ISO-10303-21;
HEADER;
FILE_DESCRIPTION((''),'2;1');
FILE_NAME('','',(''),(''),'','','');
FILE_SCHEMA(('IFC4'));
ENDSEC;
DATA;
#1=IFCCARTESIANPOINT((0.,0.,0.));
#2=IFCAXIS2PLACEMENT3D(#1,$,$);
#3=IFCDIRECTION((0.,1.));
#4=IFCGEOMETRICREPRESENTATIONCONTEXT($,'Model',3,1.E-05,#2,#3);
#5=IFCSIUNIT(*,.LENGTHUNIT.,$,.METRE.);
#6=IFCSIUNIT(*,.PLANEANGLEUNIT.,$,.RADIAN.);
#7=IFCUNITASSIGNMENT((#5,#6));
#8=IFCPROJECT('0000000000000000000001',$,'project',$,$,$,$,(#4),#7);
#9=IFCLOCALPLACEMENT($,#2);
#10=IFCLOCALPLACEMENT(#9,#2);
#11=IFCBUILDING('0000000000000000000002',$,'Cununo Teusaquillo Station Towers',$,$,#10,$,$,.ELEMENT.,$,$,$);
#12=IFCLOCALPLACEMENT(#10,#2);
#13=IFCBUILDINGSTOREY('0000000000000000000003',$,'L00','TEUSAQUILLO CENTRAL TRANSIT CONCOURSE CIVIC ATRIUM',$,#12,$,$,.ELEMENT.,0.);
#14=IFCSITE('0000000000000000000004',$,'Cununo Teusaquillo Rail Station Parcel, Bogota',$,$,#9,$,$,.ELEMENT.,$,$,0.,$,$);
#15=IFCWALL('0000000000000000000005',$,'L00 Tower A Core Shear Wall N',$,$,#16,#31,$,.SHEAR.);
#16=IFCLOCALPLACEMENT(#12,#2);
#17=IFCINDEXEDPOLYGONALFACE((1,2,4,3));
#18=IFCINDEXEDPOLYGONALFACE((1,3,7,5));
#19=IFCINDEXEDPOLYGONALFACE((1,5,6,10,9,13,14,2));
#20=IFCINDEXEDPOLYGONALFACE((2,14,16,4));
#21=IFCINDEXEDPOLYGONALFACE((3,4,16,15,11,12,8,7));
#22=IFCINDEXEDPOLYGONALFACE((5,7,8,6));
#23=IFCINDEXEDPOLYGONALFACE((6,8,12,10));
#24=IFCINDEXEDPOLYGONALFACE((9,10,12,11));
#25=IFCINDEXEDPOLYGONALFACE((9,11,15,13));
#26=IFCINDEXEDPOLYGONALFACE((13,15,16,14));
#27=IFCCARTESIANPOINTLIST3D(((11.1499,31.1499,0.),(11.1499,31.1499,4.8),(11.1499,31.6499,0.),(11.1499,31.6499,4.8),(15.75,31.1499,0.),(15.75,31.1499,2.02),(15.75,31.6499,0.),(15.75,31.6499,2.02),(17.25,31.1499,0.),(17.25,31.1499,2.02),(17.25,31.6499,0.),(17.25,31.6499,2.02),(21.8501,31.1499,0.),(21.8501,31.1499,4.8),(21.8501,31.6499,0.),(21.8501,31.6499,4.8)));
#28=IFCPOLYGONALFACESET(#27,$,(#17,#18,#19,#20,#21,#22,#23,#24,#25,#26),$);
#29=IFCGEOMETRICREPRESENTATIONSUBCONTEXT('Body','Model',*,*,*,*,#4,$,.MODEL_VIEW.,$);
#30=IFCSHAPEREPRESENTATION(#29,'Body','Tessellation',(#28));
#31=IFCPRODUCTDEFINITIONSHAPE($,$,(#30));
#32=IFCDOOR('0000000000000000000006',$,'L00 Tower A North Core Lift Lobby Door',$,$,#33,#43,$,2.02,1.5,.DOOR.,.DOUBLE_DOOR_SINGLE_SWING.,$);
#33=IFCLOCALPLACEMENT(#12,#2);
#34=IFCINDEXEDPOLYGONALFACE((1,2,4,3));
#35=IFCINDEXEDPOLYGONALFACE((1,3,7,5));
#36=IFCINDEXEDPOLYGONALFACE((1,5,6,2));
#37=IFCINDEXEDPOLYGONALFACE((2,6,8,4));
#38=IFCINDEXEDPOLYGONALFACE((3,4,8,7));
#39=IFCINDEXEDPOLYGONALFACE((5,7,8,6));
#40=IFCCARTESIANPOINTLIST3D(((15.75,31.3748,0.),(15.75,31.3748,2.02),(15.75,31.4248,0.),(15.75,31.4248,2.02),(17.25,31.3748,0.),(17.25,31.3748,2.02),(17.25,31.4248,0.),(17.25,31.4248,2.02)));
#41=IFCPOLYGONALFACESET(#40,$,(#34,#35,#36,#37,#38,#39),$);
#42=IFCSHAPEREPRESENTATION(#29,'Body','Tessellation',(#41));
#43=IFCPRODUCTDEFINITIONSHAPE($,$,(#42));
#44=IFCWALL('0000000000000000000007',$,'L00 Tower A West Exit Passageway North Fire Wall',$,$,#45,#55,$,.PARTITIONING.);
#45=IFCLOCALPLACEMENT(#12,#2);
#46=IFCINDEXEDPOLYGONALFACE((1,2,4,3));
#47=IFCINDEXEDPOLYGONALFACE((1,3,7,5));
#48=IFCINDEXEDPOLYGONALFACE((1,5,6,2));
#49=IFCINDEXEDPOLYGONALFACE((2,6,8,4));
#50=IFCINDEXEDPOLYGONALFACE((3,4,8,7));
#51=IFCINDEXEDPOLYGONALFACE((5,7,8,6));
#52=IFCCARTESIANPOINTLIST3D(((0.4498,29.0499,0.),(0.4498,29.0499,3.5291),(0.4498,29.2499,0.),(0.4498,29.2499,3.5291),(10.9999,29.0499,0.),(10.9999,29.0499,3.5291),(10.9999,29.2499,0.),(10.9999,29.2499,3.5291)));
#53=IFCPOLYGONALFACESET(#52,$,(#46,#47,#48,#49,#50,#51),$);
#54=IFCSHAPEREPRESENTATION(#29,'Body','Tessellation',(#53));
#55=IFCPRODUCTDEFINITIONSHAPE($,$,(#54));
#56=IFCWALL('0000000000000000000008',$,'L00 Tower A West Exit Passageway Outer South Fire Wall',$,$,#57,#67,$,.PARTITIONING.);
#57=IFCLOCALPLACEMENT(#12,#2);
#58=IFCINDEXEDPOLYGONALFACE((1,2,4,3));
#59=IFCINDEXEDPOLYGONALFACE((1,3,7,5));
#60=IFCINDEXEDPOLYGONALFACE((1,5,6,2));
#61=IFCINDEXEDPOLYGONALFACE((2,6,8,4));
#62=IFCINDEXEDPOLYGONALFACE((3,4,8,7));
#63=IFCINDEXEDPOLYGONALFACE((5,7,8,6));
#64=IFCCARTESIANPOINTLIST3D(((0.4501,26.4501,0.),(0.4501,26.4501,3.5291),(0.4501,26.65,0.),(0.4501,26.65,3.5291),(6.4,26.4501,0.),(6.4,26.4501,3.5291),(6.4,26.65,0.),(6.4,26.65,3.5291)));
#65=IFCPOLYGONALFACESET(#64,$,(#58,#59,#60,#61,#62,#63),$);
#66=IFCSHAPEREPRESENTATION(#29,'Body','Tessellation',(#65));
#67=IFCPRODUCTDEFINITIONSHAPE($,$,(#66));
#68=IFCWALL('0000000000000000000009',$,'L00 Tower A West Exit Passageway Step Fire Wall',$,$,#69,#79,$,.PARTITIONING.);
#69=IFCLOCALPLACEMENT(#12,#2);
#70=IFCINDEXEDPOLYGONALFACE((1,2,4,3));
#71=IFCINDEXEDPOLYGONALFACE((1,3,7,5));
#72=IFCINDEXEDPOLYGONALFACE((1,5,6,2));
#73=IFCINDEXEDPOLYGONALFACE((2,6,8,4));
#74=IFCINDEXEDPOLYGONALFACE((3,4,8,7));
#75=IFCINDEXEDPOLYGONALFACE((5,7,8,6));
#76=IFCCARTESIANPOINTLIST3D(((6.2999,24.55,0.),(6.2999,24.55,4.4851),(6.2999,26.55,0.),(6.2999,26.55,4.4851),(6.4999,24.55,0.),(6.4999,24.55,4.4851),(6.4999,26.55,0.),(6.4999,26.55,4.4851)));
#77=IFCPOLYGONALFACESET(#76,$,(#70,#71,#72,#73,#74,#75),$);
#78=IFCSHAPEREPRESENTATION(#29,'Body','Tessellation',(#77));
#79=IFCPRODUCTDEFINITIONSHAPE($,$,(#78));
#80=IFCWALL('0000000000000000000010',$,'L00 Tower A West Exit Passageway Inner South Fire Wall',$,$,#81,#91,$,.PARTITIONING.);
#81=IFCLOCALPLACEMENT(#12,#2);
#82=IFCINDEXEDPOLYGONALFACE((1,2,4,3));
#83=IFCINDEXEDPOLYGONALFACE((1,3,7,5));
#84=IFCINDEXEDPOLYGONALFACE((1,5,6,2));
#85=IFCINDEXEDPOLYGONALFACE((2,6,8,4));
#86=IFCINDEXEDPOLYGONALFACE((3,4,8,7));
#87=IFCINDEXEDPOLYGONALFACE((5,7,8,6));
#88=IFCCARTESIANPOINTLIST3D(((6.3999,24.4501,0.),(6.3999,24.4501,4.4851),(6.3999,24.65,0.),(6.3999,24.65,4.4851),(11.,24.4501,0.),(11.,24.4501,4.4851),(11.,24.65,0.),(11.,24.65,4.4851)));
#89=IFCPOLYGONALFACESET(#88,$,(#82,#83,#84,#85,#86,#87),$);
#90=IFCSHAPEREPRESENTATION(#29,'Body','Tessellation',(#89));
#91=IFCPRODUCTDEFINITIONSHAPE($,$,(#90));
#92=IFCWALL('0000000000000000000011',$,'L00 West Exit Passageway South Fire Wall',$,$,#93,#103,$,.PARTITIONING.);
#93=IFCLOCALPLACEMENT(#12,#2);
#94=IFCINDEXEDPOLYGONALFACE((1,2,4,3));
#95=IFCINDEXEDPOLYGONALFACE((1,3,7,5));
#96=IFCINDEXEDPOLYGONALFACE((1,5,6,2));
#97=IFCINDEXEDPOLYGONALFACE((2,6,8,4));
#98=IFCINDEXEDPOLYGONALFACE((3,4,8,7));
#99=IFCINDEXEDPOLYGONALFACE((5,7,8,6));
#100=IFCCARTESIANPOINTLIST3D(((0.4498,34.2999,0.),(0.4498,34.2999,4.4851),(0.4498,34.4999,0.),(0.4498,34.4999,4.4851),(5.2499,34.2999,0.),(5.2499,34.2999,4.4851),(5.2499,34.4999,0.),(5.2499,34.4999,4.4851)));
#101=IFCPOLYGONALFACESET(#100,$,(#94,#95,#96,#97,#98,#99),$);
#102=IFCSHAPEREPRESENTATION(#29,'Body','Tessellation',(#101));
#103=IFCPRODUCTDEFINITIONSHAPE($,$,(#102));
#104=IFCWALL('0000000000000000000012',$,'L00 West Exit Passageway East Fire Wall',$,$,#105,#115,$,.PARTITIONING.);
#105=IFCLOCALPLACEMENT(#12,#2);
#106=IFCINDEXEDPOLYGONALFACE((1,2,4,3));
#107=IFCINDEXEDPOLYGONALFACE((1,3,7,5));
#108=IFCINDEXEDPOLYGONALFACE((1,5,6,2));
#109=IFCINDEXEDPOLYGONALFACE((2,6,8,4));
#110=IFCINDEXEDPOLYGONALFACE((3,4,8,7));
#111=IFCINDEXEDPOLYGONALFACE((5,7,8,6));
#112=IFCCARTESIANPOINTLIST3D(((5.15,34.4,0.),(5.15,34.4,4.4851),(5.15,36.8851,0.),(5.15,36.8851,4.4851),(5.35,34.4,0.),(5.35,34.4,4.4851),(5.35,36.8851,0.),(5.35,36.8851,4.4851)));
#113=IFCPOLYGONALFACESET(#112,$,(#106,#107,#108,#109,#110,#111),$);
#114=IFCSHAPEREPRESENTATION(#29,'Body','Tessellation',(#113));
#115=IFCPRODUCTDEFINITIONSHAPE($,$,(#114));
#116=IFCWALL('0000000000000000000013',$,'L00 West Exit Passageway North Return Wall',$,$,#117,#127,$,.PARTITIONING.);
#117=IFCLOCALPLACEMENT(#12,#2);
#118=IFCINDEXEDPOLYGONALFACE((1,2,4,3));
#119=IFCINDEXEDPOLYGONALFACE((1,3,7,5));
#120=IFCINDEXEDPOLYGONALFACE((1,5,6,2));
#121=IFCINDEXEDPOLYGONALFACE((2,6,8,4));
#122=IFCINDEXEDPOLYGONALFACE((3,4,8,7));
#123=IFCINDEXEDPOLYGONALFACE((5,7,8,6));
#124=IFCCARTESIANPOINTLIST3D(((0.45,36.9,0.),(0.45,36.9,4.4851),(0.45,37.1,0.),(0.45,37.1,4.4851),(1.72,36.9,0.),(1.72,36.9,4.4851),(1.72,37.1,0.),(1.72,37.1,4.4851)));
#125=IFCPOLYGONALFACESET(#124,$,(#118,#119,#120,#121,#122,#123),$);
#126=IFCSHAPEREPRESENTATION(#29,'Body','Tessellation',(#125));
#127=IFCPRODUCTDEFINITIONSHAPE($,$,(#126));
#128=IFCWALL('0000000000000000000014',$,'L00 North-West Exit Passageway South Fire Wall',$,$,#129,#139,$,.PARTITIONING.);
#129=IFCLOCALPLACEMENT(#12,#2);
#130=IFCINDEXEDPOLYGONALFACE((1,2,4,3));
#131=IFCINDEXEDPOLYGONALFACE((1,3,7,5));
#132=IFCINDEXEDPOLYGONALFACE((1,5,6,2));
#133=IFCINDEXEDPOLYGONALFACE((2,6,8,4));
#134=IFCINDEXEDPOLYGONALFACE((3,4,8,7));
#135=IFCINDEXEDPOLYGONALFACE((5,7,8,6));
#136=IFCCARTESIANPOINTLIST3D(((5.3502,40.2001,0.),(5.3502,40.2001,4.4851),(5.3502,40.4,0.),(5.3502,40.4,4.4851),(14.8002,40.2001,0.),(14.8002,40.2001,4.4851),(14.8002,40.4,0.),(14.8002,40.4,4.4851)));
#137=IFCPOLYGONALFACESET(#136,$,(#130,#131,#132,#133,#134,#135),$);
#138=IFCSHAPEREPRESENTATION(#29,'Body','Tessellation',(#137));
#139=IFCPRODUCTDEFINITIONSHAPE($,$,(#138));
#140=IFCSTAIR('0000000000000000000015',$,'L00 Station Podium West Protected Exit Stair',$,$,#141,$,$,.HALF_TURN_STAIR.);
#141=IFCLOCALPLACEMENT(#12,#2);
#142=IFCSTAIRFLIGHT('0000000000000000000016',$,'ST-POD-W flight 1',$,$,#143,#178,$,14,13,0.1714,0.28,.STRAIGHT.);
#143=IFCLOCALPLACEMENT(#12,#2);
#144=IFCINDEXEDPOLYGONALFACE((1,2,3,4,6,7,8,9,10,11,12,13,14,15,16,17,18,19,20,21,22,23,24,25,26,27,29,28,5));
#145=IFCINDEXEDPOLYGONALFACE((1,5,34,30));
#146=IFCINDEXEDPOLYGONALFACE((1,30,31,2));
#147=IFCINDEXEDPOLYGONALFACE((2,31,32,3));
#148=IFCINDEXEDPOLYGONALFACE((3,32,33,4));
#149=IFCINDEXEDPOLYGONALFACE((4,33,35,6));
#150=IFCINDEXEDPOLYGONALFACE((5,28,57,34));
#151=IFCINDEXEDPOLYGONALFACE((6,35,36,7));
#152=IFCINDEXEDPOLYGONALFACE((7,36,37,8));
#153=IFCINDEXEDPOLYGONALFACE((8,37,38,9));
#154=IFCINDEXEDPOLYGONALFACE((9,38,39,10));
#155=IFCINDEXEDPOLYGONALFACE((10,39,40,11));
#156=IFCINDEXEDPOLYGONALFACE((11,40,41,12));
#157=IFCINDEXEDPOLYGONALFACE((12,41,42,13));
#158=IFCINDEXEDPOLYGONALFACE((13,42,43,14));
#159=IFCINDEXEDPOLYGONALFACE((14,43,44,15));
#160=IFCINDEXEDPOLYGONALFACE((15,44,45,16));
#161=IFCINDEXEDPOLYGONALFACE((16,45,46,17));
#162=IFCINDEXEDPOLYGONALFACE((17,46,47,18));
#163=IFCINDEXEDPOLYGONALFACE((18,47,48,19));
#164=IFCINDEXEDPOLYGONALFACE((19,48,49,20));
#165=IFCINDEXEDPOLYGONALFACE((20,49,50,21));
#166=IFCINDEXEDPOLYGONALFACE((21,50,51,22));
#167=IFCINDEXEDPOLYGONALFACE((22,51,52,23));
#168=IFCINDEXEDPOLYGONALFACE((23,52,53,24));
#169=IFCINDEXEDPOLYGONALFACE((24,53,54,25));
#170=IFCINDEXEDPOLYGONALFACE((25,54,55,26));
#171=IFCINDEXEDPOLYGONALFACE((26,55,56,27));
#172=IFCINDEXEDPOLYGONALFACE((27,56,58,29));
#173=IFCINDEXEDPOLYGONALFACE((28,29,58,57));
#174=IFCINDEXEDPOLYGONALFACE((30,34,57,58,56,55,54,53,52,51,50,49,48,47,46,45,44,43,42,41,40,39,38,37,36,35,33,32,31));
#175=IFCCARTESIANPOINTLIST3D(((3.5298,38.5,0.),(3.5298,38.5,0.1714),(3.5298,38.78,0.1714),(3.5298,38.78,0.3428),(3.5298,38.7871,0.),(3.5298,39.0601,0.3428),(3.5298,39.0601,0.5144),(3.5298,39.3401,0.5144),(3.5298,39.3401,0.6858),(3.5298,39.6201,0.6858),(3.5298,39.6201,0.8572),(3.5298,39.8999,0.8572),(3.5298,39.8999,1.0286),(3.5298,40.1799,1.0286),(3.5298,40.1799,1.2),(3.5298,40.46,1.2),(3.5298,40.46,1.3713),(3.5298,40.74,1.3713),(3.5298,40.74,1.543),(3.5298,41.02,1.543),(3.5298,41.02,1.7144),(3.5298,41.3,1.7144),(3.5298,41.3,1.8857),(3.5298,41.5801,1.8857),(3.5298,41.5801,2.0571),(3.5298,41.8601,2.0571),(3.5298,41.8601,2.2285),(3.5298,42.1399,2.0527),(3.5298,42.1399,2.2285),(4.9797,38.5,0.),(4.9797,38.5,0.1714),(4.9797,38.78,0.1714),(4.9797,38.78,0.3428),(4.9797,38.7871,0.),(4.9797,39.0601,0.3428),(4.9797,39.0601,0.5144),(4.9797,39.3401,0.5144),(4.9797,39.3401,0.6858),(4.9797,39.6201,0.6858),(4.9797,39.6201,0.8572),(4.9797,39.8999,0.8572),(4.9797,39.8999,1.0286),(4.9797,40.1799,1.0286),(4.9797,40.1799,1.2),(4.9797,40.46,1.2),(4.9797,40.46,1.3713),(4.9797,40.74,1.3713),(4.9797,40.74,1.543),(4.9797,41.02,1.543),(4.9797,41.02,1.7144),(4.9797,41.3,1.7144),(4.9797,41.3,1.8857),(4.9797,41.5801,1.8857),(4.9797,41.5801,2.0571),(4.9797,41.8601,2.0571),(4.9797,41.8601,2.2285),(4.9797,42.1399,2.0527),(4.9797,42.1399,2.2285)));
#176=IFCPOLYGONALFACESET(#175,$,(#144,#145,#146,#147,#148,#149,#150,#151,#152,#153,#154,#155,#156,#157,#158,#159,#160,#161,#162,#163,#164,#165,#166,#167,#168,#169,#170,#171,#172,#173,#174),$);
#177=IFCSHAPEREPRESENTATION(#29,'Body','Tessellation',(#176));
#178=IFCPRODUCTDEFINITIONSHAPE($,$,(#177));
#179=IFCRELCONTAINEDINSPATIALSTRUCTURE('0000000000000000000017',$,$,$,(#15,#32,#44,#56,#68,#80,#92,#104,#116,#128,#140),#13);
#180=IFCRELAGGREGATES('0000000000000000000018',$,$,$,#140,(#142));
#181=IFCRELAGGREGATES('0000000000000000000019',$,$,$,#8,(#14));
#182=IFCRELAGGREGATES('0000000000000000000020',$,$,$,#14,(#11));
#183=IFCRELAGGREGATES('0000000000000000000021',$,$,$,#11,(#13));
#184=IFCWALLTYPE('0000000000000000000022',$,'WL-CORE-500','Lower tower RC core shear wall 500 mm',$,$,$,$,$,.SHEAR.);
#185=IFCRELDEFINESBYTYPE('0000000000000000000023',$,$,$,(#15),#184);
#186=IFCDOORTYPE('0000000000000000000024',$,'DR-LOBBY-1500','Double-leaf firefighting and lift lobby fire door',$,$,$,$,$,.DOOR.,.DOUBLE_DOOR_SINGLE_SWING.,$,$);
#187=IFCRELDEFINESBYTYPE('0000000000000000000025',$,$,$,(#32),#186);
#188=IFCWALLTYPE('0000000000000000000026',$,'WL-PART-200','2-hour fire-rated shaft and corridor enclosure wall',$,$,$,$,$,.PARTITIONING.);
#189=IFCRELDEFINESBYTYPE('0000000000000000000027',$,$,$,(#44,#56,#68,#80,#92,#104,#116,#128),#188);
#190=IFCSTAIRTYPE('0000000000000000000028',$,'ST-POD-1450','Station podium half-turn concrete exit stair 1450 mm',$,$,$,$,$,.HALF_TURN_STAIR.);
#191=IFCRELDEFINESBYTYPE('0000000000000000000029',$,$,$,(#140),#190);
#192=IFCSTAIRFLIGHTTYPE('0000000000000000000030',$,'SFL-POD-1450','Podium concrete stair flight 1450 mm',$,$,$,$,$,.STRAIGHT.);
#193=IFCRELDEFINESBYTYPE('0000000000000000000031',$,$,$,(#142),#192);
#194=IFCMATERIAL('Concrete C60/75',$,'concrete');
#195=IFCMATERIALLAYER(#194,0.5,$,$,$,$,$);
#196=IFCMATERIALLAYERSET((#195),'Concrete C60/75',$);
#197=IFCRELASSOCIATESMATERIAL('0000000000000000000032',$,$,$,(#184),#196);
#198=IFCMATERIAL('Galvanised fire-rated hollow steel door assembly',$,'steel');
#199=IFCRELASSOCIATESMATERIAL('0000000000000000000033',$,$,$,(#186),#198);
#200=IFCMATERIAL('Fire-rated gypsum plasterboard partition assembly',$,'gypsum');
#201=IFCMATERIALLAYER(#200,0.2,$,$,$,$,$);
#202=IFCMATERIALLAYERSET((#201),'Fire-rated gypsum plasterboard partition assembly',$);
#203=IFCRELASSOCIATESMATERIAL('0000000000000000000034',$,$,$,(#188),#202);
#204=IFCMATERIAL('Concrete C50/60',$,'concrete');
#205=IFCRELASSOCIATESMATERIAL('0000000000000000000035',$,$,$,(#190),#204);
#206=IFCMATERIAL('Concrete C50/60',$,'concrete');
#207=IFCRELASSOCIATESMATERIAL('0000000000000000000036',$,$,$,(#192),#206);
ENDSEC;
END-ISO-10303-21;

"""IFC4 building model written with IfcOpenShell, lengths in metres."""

from ifc_helpers import new_model, si_unit, direction, frame, frame_2d, origin, place, context, subcontext, project, spatial, polyline, rectangle, outline, extrude, source, transform, mapped, material, layer, layer_set, type_object, element, fill, aggregate, save


model = new_model("IFC4")

# Units and contexts
model_context = context("Model", 3, precision=1e-05, world=origin(), true_north=direction((0.0, 1.0)))
body_context = subcontext(model_context, "Body", "Model", "MODEL_VIEW")
ifc_project = project(units=[si_unit("LENGTHUNIT", "METRE"), si_unit("PLANEANGLEUNIT", "RADIAN")], contexts=[model_context])

# Site, building, storey
site_placement = place(None, origin())
site = spatial("IfcSite", under=ifc_project, at=site_placement, Name="Cununo Teusaquillo Rail Station Parcel, Bogota", CompositionType="ELEMENT", RefElevation=0.0)
building_placement = place(site_placement, origin())
building = spatial("IfcBuilding", under=site, at=building_placement, Name="Cununo Teusaquillo Station Towers", CompositionType="ELEMENT")
storey_placement = place(building_placement, origin())
storey = spatial("IfcBuildingStorey", under=building, at=storey_placement, Name="L00", Description="TEUSAQUILLO CENTRAL TRANSIT CONCOURSE CIVIC ATRIUM", CompositionType="ELEMENT", Elevation=0.0)

# Wall, opening, door
ifc_material_1 = material(Name="Concrete C60/75", Category="concrete")
ifc_layer_1 = layer(ifc_material_1, 0.5)
ifc_layer_set_1 = layer_set([ifc_layer_1], Name="Concrete C60/75")
wall_type_1 = type_object("IfcWallType", Name="WL-CORE-500", Description="Lower tower RC core shear wall 500 mm", PredefinedType="SHEAR", material=ifc_layer_set_1)
wall_1_placement = place(storey_placement, frame((11.1499, 31.3999, 0.0), z_axis=(0.0, 0.0, 1.0), x_axis=(1.0, 0.0, 0.0)))
wall_1 = element("IfcWall", 1, at=wall_1_placement, inside=storey, type_object=wall_type_1, Name="L00 Tower A Core Shear Wall N", PredefinedType="SHEAR", context=body_context, shape_type="SweptSolid", body=[
    extrude(rectangle(XDim=10.7002, YDim=0.5, at=frame_2d((5.3501, 0.0))), origin(), (0.0, 0.0, 1.0), 4.8),
])
shared_shape_1 = source(origin(), body_context, "Body", "SweptSolid", [
    extrude(rectangle(XDim=1.5, YDim=2.02, at=frame_2d((0.75, 1.01))), frame((0.0, 0.26, 0.0), z_axis=(0.0, -1.0, 0.0), x_axis=(1.0, 0.0, 0.0)), (0.0, 0.0, 1.0), 0.52),
])
opening_1_placement = place(wall_1_placement, frame((4.6001, 0.0, 0.0)))
opening_1 = element("IfcOpeningElement", 2, at=opening_1_placement, cuts=wall_1, PredefinedType="OPENING", context=body_context, shape_type="MappedRepresentation", body=[
    mapped(shared_shape_1, transform((0.0, 0.0, 0.0), x_axis=(1.0, 0.0, 0.0), y_axis=(0.0, 1.0, 0.0), z_axis=(0.0, 0.0, 1.0), scale=1.0)),
])
ifc_material_2 = material(Name="Galvanised fire-rated hollow steel door assembly", Category="steel")
door_type_1 = type_object("IfcDoorType", Name="DR-LOBBY-1500", Description="Double-leaf firefighting and lift lobby fire door", OperationType="DOUBLE_DOOR_SINGLE_SWING", PredefinedType="DOOR", material=ifc_material_2)
shared_shape_2 = source(origin(), body_context, "Body", "SweptSolid", [
    extrude(rectangle(XDim=1.5, YDim=2.02, at=frame_2d((0.75, 1.01))), frame((0.0, 0.0249, 0.0), z_axis=(0.0, -1.0, 0.0), x_axis=(1.0, 0.0, 0.0)), (0.0, 0.0, 1.0), 0.05),
])
door_1_placement = place(opening_1_placement, origin())
door_1 = element("IfcDoor", 3, at=door_1_placement, inside=storey, type_object=door_type_1, Name="L00 Tower A North Core Lift Lobby Door", OperationType="DOUBLE_DOOR_SINGLE_SWING", OverallHeight=2.02, OverallWidth=1.5, PredefinedType="DOOR", context=body_context, shape_type="MappedRepresentation", body=[
    mapped(shared_shape_2, transform((0.0, 0.0, 0.0), x_axis=(1.0, 0.0, 0.0), y_axis=(0.0, 1.0, 0.0), z_axis=(0.0, 0.0, 1.0), scale=1.0)),
])
fill(opening_1, door_1)

# Walls
ifc_material_3 = material(Name="Fire-rated gypsum plasterboard partition assembly", Category="gypsum")
ifc_layer_2 = layer(ifc_material_3, 0.2)
ifc_layer_set_2 = layer_set([ifc_layer_2], Name="Fire-rated gypsum plasterboard partition assembly")
wall_type_2 = type_object("IfcWallType", Name="WL-PART-200", Description="2-hour fire-rated shaft and corridor enclosure wall", PredefinedType="PARTITIONING", material=ifc_layer_set_2)
wall_2_placement = place(storey_placement, frame((0.45, 29.1499, 0.0), z_axis=(0.0, 0.0, 1.0), x_axis=(1.0, 0.0, 0.0)))
element("IfcWall", 4, at=wall_2_placement, inside=storey, type_object=wall_type_2, Name="L00 Tower A West Exit Passageway North Fire Wall", PredefinedType="PARTITIONING", context=body_context, shape_type="SweptSolid", body=[
    extrude(rectangle(XDim=10.55, YDim=0.2, at=frame_2d((5.2749, 0.0))), origin(), (0.0, 0.0, 1.0), 3.5291),
])
wall_3_placement = place(storey_placement, frame((0.45, 26.55, 0.0), z_axis=(0.0, 0.0, 1.0), x_axis=(1.0, 0.0, 0.0)))
element("IfcWall", 5, at=wall_3_placement, inside=storey, type_object=wall_type_2, Name="L00 Tower A West Exit Passageway Outer South Fire Wall", PredefinedType="PARTITIONING", context=body_context, shape_type="SweptSolid", body=[
    extrude(rectangle(XDim=5.95, YDim=0.2, at=frame_2d((2.9751, 0.0))), origin(), (0.0, 0.0, 1.0), 3.5291),
])
wall_4_placement = place(storey_placement, frame((6.3999, 24.55, 0.0), z_axis=(0.0, 0.0, 1.0), x_axis=(0.0, 1.0, 0.0)))
element("IfcWall", 6, at=wall_4_placement, inside=storey, type_object=wall_type_2, Name="L00 Tower A West Exit Passageway Step Fire Wall", PredefinedType="PARTITIONING", context=body_context, shape_type="SweptSolid", body=[
    extrude(rectangle(XDim=2.0, YDim=0.2, at=frame_2d((1.0, 0.0))), origin(), (0.0, 0.0, 1.0), 4.4851),
])
wall_5_placement = place(storey_placement, frame((6.3999, 24.55, 0.0), z_axis=(0.0, 0.0, 1.0), x_axis=(1.0, 0.0, 0.0)))
element("IfcWall", 7, at=wall_5_placement, inside=storey, type_object=wall_type_2, Name="L00 Tower A West Exit Passageway Inner South Fire Wall", PredefinedType="PARTITIONING", context=body_context, shape_type="SweptSolid", body=[
    extrude(rectangle(XDim=4.6001, YDim=0.2, at=frame_2d((2.3, 0.0))), origin(), (0.0, 0.0, 1.0), 4.4851),
])
wall_6_placement = place(storey_placement, frame((0.45, 34.3999, 0.0), z_axis=(0.0, 0.0, 1.0), x_axis=(1.0, 0.0, 0.0)))
element("IfcWall", 8, at=wall_6_placement, inside=storey, type_object=wall_type_2, Name="L00 West Exit Passageway South Fire Wall", PredefinedType="PARTITIONING", context=body_context, shape_type="SweptSolid", body=[
    extrude(rectangle(XDim=4.8, YDim=0.2, at=frame_2d((2.3999, 0.0))), origin(), (0.0, 0.0, 1.0), 4.4851),
])
wall_7_placement = place(storey_placement, frame((5.25, 34.3999, 0.0), z_axis=(0.0, 0.0, 1.0), x_axis=(0.0, 1.0, 0.0)))
element("IfcWall", 9, at=wall_7_placement, inside=storey, type_object=wall_type_2, Name="L00 West Exit Passageway East Fire Wall", PredefinedType="PARTITIONING", context=body_context, shape_type="SweptSolid", body=[
    extrude(rectangle(XDim=2.4851, YDim=0.2, at=frame_2d((1.2427, 0.0))), origin(), (0.0, 0.0, 1.0), 4.4851),
])
wall_8_placement = place(storey_placement, frame((0.45, 37.0, 0.0), z_axis=(0.0, 0.0, 1.0), x_axis=(1.0, 0.0, 0.0)))
element("IfcWall", 10, at=wall_8_placement, inside=storey, type_object=wall_type_2, Name="L00 West Exit Passageway North Return Wall", PredefinedType="PARTITIONING", context=body_context, shape_type="SweptSolid", body=[
    extrude(rectangle(XDim=1.27, YDim=0.2, at=frame_2d((0.635, 0.0))), origin(), (0.0, 0.0, 1.0), 4.4851),
])
wall_9_placement = place(storey_placement, frame((5.3501, 40.3, 0.0), z_axis=(0.0, 0.0, 1.0), x_axis=(1.0, 0.0, 0.0)))
element("IfcWall", 11, at=wall_9_placement, inside=storey, type_object=wall_type_2, Name="L00 North-West Exit Passageway South Fire Wall", PredefinedType="PARTITIONING", context=body_context, shape_type="SweptSolid", body=[
    extrude(rectangle(XDim=9.45, YDim=0.2, at=frame_2d((4.7251, 0.0))), origin(), (0.0, 0.0, 1.0), 4.4851),
])

# Stair, stair flight
ifc_material_4 = material(Name="Concrete C50/60", Category="concrete")
stair_type = type_object("IfcStairType", Name="ST-POD-1450", Description="Station podium half-turn concrete exit stair 1450 mm", PredefinedType="HALF_TURN_STAIR", material=ifc_material_4)
stair_placement = place(storey_placement, origin())
stair = element("IfcStair", 12, at=stair_placement, inside=storey, type_object=stair_type, Name="L00 Station Podium West Protected Exit Stair", PredefinedType="HALF_TURN_STAIR")
ifc_material_5 = material(Name="Concrete C50/60", Category="concrete")
stair_flight_type = type_object("IfcStairFlightType", Name="SFL-POD-1450", Description="Podium concrete stair flight 1450 mm", PredefinedType="STRAIGHT", material=ifc_material_5)
stair_flight_placement = place(storey_placement, frame((4.2549, 38.5, 0.0), z_axis=(0.0, 0.0, 1.0), x_axis=(0.0, 1.0, 0.0)))
stair_flight = element("IfcStairFlight", 13, at=stair_flight_placement, type_object=stair_flight_type, Name="ST-POD-W flight 1", NumberOfRisers=14, NumberOfTreads=13, PredefinedType="STRAIGHT", RiserHeight=0.1714, TreadLength=0.28, context=body_context, shape_type="SweptSolid", body=[
    extrude(outline(polyline([(0.0, 0.0), (0.0, 0.1714), (0.28, 0.1714), (0.28, 0.3428), (0.5601, 0.3428), (0.5601, 0.5144), (0.8401, 0.5144), (0.8401, 0.6858), (1.1201, 0.6858), (1.1201, 0.8572), (1.3999, 0.8572), (1.3999, 1.0286), (1.6799, 1.0286), (1.6799, 1.2), (1.96, 1.2), (1.96, 1.3713), (2.24, 1.3713), (2.24, 1.543), (2.52, 1.543), (2.52, 1.7144), (2.8, 1.7144), (2.8, 1.8857), (3.0801, 1.8857), (3.0801, 2.0571), (3.3601, 2.0571), (3.3601, 2.2285), (3.6399, 2.2285), (3.6399, 2.3999), (3.6399, 2.0527), (0.2871, 0.0), (0.0, 0.0)])), frame((0.0, 0.7251, 0.0), z_axis=(0.0, -1.0, 0.0), x_axis=(1.0, 0.0, 0.0)), (0.0, 0.0, 1.0), 1.45),
])
aggregate(stair, [stair_flight])

save(model, "model.ifc")
